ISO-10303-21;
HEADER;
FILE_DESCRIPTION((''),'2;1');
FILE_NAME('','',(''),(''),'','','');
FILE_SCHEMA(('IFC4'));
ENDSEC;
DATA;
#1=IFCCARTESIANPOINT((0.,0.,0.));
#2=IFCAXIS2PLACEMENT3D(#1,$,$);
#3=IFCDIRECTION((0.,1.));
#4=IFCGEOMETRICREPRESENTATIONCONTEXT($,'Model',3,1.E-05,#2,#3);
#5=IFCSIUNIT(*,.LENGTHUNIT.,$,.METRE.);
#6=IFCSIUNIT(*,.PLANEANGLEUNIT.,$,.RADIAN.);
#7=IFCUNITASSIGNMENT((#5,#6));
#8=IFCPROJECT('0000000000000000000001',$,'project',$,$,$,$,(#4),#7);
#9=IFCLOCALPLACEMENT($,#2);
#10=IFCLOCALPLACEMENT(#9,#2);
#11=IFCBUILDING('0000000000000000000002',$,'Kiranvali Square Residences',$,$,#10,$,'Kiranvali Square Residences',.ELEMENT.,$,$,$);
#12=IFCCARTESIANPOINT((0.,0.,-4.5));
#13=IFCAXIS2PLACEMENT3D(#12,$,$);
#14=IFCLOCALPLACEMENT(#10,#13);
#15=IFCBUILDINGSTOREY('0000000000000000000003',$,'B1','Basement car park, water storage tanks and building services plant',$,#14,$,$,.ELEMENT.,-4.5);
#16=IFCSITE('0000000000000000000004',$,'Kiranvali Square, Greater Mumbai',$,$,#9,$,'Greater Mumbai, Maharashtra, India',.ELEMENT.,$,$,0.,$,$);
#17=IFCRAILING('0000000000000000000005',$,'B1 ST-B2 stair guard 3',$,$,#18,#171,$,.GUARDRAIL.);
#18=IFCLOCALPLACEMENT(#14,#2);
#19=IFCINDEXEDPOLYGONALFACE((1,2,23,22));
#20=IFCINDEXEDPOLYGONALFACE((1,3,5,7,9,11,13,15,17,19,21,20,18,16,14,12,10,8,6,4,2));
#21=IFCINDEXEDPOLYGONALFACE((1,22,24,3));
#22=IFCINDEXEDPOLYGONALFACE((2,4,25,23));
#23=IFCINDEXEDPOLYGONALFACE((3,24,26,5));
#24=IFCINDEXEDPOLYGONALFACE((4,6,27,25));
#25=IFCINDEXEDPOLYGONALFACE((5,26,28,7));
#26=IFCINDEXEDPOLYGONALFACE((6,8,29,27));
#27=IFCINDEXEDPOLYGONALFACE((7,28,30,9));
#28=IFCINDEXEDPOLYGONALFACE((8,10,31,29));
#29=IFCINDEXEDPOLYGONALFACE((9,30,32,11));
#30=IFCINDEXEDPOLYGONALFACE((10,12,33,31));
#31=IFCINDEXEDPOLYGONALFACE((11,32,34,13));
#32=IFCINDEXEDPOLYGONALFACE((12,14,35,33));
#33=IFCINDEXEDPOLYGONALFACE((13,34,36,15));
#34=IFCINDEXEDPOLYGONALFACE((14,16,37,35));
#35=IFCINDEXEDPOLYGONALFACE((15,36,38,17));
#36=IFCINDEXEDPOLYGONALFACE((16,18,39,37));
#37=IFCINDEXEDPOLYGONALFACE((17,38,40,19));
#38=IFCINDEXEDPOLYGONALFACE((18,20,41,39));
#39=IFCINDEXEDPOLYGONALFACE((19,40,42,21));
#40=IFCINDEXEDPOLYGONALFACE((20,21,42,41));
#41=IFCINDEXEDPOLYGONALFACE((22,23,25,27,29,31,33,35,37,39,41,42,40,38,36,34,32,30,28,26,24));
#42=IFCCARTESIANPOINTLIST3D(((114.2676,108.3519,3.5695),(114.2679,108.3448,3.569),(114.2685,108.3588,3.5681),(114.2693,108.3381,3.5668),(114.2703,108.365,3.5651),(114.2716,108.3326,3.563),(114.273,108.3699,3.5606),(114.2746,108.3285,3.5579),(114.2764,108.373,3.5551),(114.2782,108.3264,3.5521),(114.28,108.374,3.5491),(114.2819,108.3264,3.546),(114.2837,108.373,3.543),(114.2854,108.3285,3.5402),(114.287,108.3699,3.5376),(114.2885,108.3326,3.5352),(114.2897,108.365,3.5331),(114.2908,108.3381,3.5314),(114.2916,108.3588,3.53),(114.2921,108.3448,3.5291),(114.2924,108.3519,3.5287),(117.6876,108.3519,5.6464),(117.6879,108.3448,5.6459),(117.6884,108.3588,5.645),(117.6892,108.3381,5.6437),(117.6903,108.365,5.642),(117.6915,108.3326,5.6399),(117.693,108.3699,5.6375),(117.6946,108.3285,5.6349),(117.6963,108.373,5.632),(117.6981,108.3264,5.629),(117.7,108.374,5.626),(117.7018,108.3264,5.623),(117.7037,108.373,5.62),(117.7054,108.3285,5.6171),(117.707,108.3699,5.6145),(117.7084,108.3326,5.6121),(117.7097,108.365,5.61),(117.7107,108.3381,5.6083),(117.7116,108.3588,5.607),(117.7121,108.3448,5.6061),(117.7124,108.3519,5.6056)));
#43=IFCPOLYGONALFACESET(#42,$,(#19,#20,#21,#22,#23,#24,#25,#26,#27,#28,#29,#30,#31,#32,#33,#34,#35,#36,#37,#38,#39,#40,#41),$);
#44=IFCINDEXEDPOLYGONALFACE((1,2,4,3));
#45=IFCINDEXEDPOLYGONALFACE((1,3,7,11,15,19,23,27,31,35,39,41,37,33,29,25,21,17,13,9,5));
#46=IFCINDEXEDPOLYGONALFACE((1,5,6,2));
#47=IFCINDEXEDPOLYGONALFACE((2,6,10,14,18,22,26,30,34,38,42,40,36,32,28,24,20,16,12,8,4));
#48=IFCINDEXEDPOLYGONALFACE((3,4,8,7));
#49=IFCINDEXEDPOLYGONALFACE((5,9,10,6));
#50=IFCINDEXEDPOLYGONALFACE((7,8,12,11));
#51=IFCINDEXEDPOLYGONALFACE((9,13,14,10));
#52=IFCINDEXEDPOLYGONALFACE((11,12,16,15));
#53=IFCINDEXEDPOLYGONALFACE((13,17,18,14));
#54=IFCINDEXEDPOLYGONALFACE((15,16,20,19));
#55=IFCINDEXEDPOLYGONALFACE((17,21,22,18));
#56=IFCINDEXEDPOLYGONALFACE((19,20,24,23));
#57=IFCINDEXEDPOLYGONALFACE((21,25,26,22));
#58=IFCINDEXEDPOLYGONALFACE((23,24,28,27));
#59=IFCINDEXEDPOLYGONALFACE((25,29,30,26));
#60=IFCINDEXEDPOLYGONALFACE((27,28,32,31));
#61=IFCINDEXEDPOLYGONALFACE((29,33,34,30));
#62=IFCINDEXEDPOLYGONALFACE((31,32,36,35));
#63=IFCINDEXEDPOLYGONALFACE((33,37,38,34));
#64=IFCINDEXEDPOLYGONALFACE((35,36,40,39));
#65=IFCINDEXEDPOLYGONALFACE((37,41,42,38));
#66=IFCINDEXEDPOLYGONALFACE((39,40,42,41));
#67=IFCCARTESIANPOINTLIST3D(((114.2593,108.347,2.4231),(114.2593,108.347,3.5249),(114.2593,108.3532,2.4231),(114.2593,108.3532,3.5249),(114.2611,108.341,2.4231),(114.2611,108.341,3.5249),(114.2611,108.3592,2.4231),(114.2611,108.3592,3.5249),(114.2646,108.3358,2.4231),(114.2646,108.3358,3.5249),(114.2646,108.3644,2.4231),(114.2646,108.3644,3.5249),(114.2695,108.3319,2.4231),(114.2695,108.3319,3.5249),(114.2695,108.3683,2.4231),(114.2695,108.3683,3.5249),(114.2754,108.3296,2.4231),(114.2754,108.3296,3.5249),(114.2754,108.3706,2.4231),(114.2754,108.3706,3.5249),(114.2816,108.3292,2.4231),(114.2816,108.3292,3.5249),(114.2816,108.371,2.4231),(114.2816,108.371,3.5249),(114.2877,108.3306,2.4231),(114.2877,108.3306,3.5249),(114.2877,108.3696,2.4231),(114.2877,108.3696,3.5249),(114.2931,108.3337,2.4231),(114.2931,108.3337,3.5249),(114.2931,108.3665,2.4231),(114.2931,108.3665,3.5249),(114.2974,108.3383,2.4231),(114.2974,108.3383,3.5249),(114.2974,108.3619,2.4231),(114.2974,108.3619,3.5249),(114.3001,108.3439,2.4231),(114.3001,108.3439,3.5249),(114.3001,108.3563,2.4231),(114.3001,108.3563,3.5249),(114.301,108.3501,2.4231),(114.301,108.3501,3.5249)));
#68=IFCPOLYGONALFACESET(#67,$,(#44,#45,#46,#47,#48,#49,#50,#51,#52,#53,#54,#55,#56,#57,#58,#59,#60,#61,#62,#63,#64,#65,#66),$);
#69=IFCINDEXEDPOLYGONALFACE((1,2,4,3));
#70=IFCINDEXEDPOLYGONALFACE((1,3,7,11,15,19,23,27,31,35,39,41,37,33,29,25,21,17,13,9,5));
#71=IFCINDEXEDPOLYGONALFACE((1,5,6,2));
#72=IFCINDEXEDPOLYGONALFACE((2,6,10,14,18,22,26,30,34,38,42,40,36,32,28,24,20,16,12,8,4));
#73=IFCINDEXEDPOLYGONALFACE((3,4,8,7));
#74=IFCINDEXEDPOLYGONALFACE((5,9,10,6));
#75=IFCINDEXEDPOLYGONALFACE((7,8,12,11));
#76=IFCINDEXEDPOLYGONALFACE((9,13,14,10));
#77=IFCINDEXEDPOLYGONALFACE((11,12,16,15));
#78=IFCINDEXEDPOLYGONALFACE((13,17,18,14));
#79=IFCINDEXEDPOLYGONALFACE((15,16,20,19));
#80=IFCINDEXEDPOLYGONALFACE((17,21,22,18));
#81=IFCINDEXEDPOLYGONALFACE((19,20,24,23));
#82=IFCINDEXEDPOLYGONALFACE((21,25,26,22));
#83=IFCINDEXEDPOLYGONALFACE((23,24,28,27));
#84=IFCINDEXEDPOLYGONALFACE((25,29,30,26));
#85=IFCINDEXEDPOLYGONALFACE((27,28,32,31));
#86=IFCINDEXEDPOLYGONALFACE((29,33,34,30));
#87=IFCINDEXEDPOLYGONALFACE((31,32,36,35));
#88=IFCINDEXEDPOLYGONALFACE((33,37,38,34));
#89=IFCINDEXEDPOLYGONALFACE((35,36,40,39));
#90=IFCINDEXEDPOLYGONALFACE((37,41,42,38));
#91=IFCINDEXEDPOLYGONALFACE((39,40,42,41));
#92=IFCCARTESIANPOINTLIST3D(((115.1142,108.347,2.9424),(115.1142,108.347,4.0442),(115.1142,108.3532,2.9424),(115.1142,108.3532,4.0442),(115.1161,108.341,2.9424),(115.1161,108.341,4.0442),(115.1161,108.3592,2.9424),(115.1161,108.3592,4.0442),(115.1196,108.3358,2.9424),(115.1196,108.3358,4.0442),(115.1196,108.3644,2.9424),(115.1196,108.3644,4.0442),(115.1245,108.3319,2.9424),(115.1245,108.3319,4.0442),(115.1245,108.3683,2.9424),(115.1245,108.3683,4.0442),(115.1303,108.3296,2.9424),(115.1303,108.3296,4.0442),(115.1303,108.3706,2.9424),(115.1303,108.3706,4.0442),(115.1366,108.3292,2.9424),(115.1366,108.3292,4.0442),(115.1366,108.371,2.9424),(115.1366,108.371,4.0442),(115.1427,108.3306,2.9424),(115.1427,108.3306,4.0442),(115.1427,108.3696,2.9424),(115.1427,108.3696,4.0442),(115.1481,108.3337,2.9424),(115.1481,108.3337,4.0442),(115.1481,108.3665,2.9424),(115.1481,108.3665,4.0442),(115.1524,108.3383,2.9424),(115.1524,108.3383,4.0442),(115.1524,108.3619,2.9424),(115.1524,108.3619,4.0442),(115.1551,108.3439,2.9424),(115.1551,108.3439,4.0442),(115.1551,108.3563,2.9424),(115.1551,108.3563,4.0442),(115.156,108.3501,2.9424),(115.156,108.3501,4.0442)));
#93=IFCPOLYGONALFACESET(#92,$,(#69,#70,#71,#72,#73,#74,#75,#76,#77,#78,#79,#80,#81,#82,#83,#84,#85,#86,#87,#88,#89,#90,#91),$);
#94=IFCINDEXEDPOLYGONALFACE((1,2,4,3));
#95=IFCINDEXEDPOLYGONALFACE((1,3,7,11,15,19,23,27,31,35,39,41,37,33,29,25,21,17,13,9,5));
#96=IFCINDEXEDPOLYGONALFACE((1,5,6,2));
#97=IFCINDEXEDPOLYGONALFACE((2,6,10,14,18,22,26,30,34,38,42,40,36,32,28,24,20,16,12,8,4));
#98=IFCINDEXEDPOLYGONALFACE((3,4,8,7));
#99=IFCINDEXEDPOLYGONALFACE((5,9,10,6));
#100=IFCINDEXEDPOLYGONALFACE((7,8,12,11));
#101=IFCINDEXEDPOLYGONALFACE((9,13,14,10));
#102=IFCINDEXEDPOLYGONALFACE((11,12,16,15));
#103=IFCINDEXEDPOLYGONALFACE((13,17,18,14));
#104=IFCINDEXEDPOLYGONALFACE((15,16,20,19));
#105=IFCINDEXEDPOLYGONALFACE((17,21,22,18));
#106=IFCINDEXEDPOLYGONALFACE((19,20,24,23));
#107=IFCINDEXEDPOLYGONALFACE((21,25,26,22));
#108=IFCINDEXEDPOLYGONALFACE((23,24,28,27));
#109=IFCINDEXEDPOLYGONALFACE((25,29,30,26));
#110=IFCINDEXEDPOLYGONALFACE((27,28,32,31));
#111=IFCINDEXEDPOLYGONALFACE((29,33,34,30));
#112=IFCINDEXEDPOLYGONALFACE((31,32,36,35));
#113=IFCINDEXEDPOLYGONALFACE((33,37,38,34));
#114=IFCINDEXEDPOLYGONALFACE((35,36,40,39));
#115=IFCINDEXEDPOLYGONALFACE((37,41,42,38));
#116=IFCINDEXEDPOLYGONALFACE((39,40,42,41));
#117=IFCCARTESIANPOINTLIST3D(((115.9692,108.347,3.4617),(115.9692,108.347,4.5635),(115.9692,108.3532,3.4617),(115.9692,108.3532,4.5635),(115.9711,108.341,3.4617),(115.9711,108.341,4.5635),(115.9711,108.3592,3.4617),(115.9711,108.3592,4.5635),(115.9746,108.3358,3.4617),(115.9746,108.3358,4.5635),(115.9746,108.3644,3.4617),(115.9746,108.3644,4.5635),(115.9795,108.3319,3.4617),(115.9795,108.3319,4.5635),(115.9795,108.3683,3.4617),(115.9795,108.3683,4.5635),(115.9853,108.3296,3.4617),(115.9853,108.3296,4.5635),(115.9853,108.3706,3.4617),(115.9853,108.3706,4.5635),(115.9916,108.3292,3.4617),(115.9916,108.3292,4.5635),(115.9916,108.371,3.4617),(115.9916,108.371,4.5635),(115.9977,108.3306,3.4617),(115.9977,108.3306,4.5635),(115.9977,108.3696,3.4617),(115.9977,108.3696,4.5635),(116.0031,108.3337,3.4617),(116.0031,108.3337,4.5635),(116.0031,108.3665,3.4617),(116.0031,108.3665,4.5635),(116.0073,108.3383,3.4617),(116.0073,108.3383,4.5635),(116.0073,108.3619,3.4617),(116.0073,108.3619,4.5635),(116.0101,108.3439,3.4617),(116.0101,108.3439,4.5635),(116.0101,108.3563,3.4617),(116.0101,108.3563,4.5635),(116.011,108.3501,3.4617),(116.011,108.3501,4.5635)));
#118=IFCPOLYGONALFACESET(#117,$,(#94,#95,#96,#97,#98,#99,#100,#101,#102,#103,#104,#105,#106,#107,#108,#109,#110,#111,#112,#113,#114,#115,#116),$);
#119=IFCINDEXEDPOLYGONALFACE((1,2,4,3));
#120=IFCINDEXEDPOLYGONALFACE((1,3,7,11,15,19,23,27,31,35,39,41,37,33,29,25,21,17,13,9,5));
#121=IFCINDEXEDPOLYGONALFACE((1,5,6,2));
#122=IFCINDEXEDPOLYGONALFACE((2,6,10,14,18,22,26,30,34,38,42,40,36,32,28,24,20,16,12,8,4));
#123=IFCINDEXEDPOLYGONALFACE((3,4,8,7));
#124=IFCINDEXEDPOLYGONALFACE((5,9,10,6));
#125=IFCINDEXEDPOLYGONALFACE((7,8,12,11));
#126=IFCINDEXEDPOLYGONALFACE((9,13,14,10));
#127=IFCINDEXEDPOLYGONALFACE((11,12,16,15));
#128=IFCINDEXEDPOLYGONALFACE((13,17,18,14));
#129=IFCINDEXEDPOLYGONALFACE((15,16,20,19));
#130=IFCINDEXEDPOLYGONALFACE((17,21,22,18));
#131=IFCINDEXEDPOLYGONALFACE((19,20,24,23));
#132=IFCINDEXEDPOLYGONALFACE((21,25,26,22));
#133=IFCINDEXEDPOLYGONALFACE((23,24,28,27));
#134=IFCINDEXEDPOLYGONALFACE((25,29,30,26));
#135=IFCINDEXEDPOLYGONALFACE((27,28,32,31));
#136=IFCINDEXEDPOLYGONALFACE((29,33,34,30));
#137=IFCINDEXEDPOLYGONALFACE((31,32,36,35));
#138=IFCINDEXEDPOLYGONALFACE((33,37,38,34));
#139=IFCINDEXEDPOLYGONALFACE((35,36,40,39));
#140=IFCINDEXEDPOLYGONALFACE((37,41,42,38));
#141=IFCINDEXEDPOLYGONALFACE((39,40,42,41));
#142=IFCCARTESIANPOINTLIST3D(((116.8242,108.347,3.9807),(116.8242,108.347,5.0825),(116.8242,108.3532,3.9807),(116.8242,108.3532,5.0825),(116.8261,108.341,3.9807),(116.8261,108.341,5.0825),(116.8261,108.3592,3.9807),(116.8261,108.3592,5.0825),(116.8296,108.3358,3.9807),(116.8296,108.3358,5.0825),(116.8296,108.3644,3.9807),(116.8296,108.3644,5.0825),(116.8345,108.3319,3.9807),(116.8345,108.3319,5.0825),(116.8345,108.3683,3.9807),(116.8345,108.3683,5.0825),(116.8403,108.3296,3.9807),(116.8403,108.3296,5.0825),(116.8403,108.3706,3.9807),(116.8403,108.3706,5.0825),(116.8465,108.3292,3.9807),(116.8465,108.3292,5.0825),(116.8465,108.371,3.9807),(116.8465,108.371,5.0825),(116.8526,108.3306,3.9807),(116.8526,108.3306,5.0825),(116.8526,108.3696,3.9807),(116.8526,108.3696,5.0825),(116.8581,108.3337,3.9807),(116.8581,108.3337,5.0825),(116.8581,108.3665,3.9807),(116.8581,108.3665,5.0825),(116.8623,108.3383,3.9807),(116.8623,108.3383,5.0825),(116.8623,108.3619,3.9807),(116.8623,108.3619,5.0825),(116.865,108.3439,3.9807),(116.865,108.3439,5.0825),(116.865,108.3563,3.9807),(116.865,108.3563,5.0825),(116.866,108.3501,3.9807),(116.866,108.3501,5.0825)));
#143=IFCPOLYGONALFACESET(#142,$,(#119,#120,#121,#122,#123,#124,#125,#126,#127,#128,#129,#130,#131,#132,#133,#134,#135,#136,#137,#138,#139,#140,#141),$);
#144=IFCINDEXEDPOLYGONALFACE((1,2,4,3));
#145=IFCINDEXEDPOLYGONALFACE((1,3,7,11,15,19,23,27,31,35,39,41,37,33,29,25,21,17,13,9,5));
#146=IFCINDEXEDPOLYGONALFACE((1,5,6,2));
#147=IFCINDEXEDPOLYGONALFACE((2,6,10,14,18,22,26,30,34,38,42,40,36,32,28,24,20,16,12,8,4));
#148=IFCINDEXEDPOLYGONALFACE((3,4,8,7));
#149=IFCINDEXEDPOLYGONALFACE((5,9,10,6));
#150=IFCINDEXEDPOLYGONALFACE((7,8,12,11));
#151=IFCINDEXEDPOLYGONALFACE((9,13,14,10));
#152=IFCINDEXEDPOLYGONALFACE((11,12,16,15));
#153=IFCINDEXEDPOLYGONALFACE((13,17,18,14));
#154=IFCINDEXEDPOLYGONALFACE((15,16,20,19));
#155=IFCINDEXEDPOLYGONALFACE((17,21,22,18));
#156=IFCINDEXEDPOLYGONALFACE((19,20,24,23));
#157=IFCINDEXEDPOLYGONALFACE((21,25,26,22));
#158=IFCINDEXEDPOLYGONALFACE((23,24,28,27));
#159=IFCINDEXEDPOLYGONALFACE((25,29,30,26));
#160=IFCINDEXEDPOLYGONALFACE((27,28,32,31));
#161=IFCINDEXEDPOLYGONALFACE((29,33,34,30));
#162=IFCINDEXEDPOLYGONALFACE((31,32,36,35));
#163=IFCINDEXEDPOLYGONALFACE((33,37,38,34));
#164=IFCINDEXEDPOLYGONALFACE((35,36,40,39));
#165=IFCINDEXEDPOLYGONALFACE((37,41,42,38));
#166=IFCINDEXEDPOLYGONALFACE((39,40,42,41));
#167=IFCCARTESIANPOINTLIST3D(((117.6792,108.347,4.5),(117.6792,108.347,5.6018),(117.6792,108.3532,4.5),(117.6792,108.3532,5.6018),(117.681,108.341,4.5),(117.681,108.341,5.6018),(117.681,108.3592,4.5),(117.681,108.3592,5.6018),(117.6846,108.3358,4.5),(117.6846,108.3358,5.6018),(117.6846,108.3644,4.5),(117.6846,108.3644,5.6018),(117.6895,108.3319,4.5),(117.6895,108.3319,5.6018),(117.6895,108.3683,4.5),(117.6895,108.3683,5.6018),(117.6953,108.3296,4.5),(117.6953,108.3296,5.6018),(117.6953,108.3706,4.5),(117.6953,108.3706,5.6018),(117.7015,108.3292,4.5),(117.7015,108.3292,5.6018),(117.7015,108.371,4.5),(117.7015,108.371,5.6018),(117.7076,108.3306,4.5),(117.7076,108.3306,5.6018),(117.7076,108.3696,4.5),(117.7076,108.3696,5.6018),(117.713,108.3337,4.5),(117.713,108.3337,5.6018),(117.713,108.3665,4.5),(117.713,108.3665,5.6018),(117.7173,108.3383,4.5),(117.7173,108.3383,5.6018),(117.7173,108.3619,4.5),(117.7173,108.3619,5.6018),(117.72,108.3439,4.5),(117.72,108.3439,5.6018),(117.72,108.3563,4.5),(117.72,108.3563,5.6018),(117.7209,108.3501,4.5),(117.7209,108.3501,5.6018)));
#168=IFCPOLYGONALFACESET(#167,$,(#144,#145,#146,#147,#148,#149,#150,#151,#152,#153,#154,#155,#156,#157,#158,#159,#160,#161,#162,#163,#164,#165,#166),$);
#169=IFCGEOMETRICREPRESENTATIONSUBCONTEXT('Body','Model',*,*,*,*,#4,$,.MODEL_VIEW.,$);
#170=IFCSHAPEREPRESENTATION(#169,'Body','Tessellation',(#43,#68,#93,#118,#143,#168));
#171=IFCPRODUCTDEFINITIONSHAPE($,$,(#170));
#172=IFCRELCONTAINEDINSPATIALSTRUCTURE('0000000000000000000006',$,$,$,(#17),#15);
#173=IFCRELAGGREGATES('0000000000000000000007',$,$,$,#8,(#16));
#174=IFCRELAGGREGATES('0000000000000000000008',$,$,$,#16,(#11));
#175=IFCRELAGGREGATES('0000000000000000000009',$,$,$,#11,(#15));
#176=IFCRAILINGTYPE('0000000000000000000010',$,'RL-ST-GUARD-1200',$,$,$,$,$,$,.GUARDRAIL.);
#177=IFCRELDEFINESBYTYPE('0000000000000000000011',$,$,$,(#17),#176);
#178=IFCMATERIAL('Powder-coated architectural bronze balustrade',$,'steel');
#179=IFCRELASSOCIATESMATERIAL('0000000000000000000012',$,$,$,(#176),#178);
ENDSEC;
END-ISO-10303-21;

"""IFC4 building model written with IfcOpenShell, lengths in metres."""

from ifc_helpers import new_model, si_unit, direction, frame, origin, origin_2d, place, context, subcontext, project, spatial, circle, extrude, material, type_object, element, save


model = new_model("IFC4")

# Units and contexts
model_context = context("Model", 3, precision=1e-05, world=origin(), true_north=direction((0.0, 1.0)))
body_context = subcontext(model_context, "Body", "Model", "MODEL_VIEW")
ifc_project = project(units=[si_unit("LENGTHUNIT", "METRE"), si_unit("PLANEANGLEUNIT", "RADIAN")], contexts=[model_context])

# Site, building, storey
site_placement = place(None, origin())
site = spatial("IfcSite", under=ifc_project, at=site_placement, Name="Kiranvali Square, Greater Mumbai", LongName="Greater Mumbai, Maharashtra, India", CompositionType="ELEMENT", RefElevation=0.0)
building_placement = place(site_placement, origin())
building = spatial("IfcBuilding", under=site, at=building_placement, Name="Kiranvali Square Residences", LongName="Kiranvali Square Residences", CompositionType="ELEMENT")
storey_placement = place(building_placement, frame((0.0, 0.0, -4.5)))
storey = spatial("IfcBuildingStorey", under=building, at=storey_placement, Name="B1", Description="Basement car park, water storage tanks and building services plant", CompositionType="ELEMENT", Elevation=-4.5)

# Railing
ifc_material_1 = material(Name="Powder-coated architectural bronze balustrade", Category="steel")
railing_type_1 = type_object("IfcRailingType", Name="RL-ST-GUARD-1200", PredefinedType="GUARDRAIL", material=ifc_material_1)
railing_1_placement = place(storey_placement, frame((114.28, 108.3501, 2.4231)))
element("IfcRailing", 1, at=railing_1_placement, inside=storey, type_object=railing_type_1, Name="B1 ST-B2 stair guard 3", PredefinedType="GUARDRAIL", context=body_context, shape_type="SweptSolid", body=[
    extrude(circle(Radius=0.0239, at=origin_2d()), frame((0.0, 0.0, 1.126), z_axis=(0.85473, 0.0, 0.519074), x_axis=(0.0, 1.0, 0.0)), (0.0, 0.0, 1.0), 4.0012),
    extrude(circle(Radius=0.021, at=origin_2d()), origin(), (0.0, 0.0, 1.0), 1.1018),
    extrude(circle(Radius=0.021, at=origin_2d()), frame((0.855, 0.0, 0.5193)), (0.0, 0.0, 1.0), 1.1018),
    extrude(circle(Radius=0.021, at=origin_2d()), frame((1.71, 0.0, 1.0386)), (0.0, 0.0, 1.0), 1.1018),
    extrude(circle(Radius=0.021, at=origin_2d()), frame((2.5649, 0.0, 1.5576)), (0.0, 0.0, 1.0), 1.1018),
    extrude(circle(Radius=0.021, at=origin_2d()), frame((3.4199, 0.0, 2.0769)), (0.0, 0.0, 1.0), 1.1018),
])

save(model, "model.ifc")
